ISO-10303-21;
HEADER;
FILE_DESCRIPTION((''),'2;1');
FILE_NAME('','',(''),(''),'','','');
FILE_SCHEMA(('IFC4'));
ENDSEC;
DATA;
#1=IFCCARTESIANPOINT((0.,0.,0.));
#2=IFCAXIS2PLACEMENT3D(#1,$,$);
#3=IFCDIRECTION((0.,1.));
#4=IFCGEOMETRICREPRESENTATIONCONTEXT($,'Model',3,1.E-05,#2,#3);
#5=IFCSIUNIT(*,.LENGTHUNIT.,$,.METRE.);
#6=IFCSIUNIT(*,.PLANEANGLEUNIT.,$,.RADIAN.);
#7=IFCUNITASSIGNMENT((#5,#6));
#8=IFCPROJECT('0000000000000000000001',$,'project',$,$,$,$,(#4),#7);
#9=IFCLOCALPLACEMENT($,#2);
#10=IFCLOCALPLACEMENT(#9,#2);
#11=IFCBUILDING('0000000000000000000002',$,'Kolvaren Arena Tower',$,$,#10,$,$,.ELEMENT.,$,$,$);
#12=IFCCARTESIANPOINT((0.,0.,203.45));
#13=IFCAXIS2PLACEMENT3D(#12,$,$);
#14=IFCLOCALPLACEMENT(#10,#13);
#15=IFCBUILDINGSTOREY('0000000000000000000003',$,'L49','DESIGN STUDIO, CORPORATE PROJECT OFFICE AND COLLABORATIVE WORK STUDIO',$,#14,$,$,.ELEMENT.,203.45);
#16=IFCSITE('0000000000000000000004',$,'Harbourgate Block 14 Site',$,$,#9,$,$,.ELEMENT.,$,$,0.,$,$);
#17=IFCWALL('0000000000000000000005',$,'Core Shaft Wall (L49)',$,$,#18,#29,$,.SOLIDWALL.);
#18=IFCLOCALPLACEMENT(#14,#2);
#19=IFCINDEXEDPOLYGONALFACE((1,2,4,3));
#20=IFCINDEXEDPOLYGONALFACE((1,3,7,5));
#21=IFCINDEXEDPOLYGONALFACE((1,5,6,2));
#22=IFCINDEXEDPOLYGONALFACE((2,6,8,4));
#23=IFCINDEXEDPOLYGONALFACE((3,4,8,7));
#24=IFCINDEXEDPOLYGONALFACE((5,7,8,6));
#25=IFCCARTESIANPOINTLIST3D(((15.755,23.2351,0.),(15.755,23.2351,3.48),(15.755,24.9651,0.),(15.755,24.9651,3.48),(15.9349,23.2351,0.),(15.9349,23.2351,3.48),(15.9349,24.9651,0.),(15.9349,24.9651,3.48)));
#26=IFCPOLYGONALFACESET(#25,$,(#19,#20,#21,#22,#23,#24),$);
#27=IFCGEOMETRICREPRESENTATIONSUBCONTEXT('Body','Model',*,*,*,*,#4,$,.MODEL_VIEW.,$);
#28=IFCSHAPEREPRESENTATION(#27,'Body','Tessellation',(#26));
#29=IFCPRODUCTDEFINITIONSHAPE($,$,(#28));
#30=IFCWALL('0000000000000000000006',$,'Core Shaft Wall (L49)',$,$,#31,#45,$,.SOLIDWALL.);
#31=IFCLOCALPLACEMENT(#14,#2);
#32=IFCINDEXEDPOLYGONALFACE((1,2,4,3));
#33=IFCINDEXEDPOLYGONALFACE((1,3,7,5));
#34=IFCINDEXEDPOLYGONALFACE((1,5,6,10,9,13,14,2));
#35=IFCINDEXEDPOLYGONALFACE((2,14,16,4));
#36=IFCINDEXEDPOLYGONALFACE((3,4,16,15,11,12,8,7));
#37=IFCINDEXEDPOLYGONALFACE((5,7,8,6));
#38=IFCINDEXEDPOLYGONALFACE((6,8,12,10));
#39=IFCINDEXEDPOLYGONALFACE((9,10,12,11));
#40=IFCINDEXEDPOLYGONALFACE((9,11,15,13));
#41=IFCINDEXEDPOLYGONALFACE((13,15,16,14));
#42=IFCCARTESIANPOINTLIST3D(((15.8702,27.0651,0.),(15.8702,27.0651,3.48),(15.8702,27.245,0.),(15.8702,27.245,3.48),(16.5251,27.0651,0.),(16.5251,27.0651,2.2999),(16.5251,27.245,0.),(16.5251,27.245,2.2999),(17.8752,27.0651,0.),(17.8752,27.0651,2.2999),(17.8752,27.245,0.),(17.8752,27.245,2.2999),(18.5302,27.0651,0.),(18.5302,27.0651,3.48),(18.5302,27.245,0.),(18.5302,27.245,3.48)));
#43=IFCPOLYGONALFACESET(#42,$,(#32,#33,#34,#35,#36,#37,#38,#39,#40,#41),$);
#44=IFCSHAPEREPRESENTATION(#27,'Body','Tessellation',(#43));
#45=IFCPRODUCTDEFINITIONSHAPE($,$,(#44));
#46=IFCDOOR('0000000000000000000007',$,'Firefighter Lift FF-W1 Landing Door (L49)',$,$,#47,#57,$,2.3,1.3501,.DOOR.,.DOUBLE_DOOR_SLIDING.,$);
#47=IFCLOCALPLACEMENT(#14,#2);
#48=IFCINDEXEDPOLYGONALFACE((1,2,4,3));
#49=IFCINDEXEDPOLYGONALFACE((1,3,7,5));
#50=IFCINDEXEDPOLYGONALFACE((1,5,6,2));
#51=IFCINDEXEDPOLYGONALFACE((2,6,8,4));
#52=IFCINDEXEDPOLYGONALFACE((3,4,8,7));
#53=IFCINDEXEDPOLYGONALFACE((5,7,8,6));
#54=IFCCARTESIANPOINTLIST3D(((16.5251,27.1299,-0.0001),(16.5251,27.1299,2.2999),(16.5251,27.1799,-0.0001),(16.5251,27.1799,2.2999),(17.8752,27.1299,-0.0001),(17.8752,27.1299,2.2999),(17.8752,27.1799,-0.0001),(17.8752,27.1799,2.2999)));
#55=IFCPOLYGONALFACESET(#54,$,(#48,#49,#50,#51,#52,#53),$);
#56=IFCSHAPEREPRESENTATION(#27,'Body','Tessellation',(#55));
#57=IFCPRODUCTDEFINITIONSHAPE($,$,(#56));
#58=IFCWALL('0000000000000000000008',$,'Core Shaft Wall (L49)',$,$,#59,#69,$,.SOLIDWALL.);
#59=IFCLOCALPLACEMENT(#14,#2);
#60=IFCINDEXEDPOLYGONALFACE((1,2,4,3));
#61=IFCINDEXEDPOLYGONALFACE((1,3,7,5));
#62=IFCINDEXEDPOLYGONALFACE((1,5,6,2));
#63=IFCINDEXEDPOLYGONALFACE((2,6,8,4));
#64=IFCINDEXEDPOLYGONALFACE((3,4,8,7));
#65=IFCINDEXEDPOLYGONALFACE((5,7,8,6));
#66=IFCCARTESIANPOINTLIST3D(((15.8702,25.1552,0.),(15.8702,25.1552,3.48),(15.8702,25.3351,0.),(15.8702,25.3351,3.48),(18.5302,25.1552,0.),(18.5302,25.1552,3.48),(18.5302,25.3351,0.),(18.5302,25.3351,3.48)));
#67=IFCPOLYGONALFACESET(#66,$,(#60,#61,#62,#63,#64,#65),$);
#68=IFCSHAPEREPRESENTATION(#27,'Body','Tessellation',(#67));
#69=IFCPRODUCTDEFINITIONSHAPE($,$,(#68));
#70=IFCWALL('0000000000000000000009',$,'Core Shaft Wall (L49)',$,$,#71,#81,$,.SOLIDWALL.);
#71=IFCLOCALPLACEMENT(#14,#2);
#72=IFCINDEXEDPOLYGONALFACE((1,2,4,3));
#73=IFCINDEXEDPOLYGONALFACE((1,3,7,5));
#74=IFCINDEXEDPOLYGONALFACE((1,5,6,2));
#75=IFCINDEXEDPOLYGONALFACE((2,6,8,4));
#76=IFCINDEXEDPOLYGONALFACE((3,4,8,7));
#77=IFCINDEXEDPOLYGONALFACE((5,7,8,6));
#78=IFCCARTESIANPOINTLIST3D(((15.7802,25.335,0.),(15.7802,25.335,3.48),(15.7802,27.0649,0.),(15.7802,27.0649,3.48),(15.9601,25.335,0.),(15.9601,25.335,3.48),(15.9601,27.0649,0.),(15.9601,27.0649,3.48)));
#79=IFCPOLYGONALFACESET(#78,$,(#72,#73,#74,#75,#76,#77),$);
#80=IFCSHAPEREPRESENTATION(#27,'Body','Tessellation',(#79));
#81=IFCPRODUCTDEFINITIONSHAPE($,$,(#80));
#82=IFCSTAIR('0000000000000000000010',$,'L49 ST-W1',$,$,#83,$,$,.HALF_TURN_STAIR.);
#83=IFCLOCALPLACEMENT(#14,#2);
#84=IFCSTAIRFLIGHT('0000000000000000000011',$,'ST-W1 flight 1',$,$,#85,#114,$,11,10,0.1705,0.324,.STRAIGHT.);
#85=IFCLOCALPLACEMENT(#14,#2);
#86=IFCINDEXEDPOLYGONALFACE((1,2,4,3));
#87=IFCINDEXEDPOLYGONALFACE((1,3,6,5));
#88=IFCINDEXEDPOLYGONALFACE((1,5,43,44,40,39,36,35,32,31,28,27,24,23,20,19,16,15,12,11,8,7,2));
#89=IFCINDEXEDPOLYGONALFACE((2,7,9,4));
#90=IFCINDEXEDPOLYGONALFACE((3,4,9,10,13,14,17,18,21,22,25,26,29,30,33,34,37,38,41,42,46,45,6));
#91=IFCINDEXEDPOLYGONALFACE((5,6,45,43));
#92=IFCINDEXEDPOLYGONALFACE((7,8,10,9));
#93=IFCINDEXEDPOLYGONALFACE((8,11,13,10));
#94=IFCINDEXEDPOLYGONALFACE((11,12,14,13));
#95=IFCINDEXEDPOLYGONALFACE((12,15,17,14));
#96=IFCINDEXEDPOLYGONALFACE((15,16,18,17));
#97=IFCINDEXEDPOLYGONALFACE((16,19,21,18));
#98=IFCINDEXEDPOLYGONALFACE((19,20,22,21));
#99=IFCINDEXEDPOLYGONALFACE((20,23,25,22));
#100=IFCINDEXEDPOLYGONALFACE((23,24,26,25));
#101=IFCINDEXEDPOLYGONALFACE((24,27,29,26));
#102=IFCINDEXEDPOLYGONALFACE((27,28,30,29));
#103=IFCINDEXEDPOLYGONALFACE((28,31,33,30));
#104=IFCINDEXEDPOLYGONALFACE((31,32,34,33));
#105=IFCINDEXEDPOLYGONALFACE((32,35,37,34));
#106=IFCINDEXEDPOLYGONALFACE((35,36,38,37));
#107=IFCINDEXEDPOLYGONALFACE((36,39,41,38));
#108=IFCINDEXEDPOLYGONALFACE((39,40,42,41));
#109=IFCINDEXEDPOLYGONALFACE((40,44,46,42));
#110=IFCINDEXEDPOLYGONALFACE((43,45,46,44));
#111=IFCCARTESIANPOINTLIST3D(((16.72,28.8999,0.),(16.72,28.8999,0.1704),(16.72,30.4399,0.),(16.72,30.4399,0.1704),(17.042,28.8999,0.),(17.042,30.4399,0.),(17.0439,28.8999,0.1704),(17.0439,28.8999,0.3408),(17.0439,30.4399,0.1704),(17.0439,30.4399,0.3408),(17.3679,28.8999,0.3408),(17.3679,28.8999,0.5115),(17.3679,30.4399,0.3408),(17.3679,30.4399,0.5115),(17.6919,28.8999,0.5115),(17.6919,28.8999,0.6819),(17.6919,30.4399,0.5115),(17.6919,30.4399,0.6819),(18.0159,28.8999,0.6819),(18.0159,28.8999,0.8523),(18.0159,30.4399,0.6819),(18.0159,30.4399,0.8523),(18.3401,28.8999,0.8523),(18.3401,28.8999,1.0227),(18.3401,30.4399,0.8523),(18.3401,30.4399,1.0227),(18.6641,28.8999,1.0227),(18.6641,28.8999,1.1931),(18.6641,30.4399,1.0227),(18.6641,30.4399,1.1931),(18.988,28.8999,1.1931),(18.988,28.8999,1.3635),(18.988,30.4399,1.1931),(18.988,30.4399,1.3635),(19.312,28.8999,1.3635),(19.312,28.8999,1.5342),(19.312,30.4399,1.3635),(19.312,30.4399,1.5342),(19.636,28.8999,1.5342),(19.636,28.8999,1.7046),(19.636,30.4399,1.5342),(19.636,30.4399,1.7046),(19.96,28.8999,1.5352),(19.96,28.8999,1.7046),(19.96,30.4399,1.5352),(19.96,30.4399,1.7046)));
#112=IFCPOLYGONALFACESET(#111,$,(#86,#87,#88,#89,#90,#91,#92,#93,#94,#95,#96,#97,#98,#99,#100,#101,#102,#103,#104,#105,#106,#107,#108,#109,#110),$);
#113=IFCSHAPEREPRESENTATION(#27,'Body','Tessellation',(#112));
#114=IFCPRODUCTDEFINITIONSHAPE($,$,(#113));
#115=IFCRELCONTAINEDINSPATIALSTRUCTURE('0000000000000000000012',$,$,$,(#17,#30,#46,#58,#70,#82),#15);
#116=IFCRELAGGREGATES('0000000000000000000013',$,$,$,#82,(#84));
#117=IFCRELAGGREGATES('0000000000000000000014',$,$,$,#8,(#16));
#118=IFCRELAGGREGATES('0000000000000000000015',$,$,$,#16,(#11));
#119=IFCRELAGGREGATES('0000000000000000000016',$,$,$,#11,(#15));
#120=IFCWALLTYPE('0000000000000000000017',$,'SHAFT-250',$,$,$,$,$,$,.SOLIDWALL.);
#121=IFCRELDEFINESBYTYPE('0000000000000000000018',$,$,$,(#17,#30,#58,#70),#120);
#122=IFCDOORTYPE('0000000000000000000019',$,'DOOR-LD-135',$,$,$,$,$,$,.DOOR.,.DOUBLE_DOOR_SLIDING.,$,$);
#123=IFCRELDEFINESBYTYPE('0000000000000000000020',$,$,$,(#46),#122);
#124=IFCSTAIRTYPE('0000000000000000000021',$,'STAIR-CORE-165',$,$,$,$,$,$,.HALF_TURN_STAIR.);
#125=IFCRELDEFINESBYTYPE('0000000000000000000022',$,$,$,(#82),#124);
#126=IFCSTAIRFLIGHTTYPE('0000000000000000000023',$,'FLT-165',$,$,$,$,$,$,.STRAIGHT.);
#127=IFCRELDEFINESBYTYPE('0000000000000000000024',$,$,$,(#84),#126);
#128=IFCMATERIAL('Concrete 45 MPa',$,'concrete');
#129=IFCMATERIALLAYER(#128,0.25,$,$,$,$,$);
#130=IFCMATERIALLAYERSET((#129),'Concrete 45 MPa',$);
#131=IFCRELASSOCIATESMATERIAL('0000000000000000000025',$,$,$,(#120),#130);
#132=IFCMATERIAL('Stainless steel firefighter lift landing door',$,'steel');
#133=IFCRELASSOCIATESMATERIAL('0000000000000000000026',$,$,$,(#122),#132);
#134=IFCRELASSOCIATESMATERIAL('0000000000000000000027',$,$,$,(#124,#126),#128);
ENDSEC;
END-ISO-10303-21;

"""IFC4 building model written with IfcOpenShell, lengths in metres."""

from ifc_helpers import new_model, si_unit, direction, frame, frame_2d, origin, place, context, subcontext, project, spatial, polyline, rectangle, outline, extrude, material, layer, layer_set, type_object, element, fill, aggregate, save


model = new_model("IFC4")

# Units and contexts
model_context = context("Model", 3, precision=1e-05, world=origin(), true_north=direction((0.0, 1.0)))
body_context = subcontext(model_context, "Body", "Model", "MODEL_VIEW")
ifc_project = project(units=[si_unit("LENGTHUNIT", "METRE"), si_unit("PLANEANGLEUNIT", "RADIAN")], contexts=[model_context])

# Site, building, storey
site_placement = place(None, origin())
site = spatial("IfcSite", under=ifc_project, at=site_placement, Name="Harbourgate Block 14 Site", CompositionType="ELEMENT", RefElevation=0.0)
building_placement = place(site_placement, origin())
building = spatial("IfcBuilding", under=site, at=building_placement, Name="Kolvaren Arena Tower", CompositionType="ELEMENT")
storey_placement = place(building_placement, frame((0.0, 0.0, 203.45)))
storey = spatial("IfcBuildingStorey", under=building, at=storey_placement, Name="L49", Description="DESIGN STUDIO, CORPORATE PROJECT OFFICE AND COLLABORATIVE WORK STUDIO", CompositionType="ELEMENT", Elevation=203.45)

# Shared definitions
ifc_material_1 = material(Name="Concrete 45 MPa", Category="concrete")
ifc_layer = layer(ifc_material_1, 0.25)
ifc_layer_set = layer_set([ifc_layer], Name="Concrete 45 MPa")
wall_type = type_object("IfcWallType", Name="SHAFT-250", PredefinedType="SOLIDWALL", material=ifc_layer_set)

# Wall
wall_1_placement = place(storey_placement, frame((15.845, 23.2351, 0.0), z_axis=(0.0, 0.0, 1.0), x_axis=(0.0, 1.0, 0.0)))
element("IfcWall", 1, at=wall_1_placement, inside=storey, type_object=wall_type, Name="Core Shaft Wall (L49)", PredefinedType="SOLIDWALL", context=body_context, shape_type="SweptSolid", body=[
    extrude(rectangle(XDim=1.73, YDim=0.1799, at=frame_2d((0.865, 0.0))), origin(), (0.0, 0.0, 1.0), 3.48),
])

# Wall, opening, door
wall_2_placement = place(storey_placement, frame((15.8701, 27.155, 0.0), z_axis=(0.0, 0.0, 1.0), x_axis=(1.0, 0.0, 0.0)))
wall_2 = element("IfcWall", 2, at=wall_2_placement, inside=storey, type_object=wall_type, Name="Core Shaft Wall (L49)", PredefinedType="SOLIDWALL", context=body_context, shape_type="SweptSolid", body=[
    extrude(rectangle(XDim=2.6599, YDim=0.1799, at=frame_2d((1.3301, 0.0))), origin(), (0.0, 0.0, 1.0), 3.48),
])
opening_1_placement = place(wall_2_placement, frame((0.655, 0.0, 0.0)))
opening_1 = element("IfcOpeningElement", 3, at=opening_1_placement, cuts=wall_2, PredefinedType="OPENING", context=body_context, shape_type="SweptSolid", body=[
    extrude(rectangle(XDim=1.3501, YDim=2.3, at=frame_2d((0.675, 1.1499))), frame((0.0, 0.0999, 0.0), z_axis=(0.0, -1.0, 0.0), x_axis=(1.0, 0.0, 0.0)), (0.0, 0.0, 1.0), 0.2),
])
ifc_material_2 = material(Name="Stainless steel firefighter lift landing door", Category="steel")
door_type_1 = type_object("IfcDoorType", Name="DOOR-LD-135", OperationType="DOUBLE_DOOR_SLIDING", PredefinedType="DOOR", material=ifc_material_2)
door_1_placement = place(opening_1_placement, origin())
door_1 = element("IfcDoor", 4, at=door_1_placement, inside=storey, type_object=door_type_1, Name="Firefighter Lift FF-W1 Landing Door (L49)", OperationType="DOUBLE_DOOR_SLIDING", OverallHeight=2.3, OverallWidth=1.3501, PredefinedType="DOOR", context=body_context, shape_type="SweptSolid", body=[
    extrude(rectangle(XDim=1.3501, YDim=2.3, at=frame_2d((0.675, 1.1499))), frame((0.0, 0.0249, 0.0), z_axis=(0.0, -1.0, 0.0), x_axis=(1.0, 0.0, 0.0)), (0.0, 0.0, 1.0), 0.05),
])
fill(opening_1, door_1)

# Walls
wall_3_placement = place(storey_placement, frame((15.8701, 25.2451, 0.0), z_axis=(0.0, 0.0, 1.0), x_axis=(1.0, 0.0, 0.0)))
element("IfcWall", 5, at=wall_3_placement, inside=storey, type_object=wall_type, Name="Core Shaft Wall (L49)", PredefinedType="SOLIDWALL", context=body_context, shape_type="SweptSolid", body=[
    extrude(rectangle(XDim=2.6599, YDim=0.1799, at=frame_2d((1.3301, 0.0))), origin(), (0.0, 0.0, 1.0), 3.48),
])
wall_4_placement = place(storey_placement, frame((15.8701, 25.335, 0.0), z_axis=(0.0, 0.0, 1.0), x_axis=(0.0, 1.0, 0.0)))
element("IfcWall", 6, at=wall_4_placement, inside=storey, type_object=wall_type, Name="Core Shaft Wall (L49)", PredefinedType="SOLIDWALL", context=body_context, shape_type="SweptSolid", body=[
    extrude(rectangle(XDim=1.73, YDim=0.1799, at=frame_2d((0.865, 0.0))), origin(), (0.0, 0.0, 1.0), 3.48),
])

# Stair, stair flight
stair_type = type_object("IfcStairType", Name="STAIR-CORE-165", PredefinedType="HALF_TURN_STAIR", material=ifc_material_1)
stair_placement = place(storey_placement, origin())
stair = element("IfcStair", 7, at=stair_placement, inside=storey, type_object=stair_type, Name="L49 ST-W1", PredefinedType="HALF_TURN_STAIR")
stair_flight_type = type_object("IfcStairFlightType", Name="FLT-165", PredefinedType="STRAIGHT", material=ifc_material_1)
stair_flight_placement = place(storey_placement, frame((16.72, 29.6699, 0.0), z_axis=(0.0, 0.0, 1.0), x_axis=(1.0, 0.0, 0.0)))
stair_flight = element("IfcStairFlight", 8, at=stair_flight_placement, type_object=stair_flight_type, Name="ST-W1 flight 1", NumberOfRisers=11, NumberOfTreads=10, PredefinedType="STRAIGHT", RiserHeight=0.1705, TreadLength=0.324, context=body_context, shape_type="SweptSolid", body=[
    extrude(outline(polyline([(0.0, 0.0), (0.0, 0.1704), (0.324, 0.1704), (0.324, 0.3408), (0.6479, 0.3408), (0.6479, 0.5115), (0.9719, 0.5115), (0.9719, 0.6819), (1.2959, 0.6819), (1.2959, 0.8523), (1.6201, 0.8523), (1.6201, 1.0227), (1.9441, 1.0227), (1.9441, 1.1931), (2.2681, 1.1931), (2.2681, 1.3635), (2.592, 1.3635), (2.592, 1.5342), (2.916, 1.5342), (2.916, 1.7046), (3.24, 1.7046), (3.24, 1.875), (3.24, 1.5352), (0.322, 0.0), (0.0, 0.0)])), frame((0.0, 0.77, 0.0), z_axis=(0.0, -1.0, 0.0), x_axis=(1.0, 0.0, 0.0)), (0.0, 0.0, 1.0), 1.54),
])
aggregate(stair, [stair_flight])

save(model, "model.ifc")
